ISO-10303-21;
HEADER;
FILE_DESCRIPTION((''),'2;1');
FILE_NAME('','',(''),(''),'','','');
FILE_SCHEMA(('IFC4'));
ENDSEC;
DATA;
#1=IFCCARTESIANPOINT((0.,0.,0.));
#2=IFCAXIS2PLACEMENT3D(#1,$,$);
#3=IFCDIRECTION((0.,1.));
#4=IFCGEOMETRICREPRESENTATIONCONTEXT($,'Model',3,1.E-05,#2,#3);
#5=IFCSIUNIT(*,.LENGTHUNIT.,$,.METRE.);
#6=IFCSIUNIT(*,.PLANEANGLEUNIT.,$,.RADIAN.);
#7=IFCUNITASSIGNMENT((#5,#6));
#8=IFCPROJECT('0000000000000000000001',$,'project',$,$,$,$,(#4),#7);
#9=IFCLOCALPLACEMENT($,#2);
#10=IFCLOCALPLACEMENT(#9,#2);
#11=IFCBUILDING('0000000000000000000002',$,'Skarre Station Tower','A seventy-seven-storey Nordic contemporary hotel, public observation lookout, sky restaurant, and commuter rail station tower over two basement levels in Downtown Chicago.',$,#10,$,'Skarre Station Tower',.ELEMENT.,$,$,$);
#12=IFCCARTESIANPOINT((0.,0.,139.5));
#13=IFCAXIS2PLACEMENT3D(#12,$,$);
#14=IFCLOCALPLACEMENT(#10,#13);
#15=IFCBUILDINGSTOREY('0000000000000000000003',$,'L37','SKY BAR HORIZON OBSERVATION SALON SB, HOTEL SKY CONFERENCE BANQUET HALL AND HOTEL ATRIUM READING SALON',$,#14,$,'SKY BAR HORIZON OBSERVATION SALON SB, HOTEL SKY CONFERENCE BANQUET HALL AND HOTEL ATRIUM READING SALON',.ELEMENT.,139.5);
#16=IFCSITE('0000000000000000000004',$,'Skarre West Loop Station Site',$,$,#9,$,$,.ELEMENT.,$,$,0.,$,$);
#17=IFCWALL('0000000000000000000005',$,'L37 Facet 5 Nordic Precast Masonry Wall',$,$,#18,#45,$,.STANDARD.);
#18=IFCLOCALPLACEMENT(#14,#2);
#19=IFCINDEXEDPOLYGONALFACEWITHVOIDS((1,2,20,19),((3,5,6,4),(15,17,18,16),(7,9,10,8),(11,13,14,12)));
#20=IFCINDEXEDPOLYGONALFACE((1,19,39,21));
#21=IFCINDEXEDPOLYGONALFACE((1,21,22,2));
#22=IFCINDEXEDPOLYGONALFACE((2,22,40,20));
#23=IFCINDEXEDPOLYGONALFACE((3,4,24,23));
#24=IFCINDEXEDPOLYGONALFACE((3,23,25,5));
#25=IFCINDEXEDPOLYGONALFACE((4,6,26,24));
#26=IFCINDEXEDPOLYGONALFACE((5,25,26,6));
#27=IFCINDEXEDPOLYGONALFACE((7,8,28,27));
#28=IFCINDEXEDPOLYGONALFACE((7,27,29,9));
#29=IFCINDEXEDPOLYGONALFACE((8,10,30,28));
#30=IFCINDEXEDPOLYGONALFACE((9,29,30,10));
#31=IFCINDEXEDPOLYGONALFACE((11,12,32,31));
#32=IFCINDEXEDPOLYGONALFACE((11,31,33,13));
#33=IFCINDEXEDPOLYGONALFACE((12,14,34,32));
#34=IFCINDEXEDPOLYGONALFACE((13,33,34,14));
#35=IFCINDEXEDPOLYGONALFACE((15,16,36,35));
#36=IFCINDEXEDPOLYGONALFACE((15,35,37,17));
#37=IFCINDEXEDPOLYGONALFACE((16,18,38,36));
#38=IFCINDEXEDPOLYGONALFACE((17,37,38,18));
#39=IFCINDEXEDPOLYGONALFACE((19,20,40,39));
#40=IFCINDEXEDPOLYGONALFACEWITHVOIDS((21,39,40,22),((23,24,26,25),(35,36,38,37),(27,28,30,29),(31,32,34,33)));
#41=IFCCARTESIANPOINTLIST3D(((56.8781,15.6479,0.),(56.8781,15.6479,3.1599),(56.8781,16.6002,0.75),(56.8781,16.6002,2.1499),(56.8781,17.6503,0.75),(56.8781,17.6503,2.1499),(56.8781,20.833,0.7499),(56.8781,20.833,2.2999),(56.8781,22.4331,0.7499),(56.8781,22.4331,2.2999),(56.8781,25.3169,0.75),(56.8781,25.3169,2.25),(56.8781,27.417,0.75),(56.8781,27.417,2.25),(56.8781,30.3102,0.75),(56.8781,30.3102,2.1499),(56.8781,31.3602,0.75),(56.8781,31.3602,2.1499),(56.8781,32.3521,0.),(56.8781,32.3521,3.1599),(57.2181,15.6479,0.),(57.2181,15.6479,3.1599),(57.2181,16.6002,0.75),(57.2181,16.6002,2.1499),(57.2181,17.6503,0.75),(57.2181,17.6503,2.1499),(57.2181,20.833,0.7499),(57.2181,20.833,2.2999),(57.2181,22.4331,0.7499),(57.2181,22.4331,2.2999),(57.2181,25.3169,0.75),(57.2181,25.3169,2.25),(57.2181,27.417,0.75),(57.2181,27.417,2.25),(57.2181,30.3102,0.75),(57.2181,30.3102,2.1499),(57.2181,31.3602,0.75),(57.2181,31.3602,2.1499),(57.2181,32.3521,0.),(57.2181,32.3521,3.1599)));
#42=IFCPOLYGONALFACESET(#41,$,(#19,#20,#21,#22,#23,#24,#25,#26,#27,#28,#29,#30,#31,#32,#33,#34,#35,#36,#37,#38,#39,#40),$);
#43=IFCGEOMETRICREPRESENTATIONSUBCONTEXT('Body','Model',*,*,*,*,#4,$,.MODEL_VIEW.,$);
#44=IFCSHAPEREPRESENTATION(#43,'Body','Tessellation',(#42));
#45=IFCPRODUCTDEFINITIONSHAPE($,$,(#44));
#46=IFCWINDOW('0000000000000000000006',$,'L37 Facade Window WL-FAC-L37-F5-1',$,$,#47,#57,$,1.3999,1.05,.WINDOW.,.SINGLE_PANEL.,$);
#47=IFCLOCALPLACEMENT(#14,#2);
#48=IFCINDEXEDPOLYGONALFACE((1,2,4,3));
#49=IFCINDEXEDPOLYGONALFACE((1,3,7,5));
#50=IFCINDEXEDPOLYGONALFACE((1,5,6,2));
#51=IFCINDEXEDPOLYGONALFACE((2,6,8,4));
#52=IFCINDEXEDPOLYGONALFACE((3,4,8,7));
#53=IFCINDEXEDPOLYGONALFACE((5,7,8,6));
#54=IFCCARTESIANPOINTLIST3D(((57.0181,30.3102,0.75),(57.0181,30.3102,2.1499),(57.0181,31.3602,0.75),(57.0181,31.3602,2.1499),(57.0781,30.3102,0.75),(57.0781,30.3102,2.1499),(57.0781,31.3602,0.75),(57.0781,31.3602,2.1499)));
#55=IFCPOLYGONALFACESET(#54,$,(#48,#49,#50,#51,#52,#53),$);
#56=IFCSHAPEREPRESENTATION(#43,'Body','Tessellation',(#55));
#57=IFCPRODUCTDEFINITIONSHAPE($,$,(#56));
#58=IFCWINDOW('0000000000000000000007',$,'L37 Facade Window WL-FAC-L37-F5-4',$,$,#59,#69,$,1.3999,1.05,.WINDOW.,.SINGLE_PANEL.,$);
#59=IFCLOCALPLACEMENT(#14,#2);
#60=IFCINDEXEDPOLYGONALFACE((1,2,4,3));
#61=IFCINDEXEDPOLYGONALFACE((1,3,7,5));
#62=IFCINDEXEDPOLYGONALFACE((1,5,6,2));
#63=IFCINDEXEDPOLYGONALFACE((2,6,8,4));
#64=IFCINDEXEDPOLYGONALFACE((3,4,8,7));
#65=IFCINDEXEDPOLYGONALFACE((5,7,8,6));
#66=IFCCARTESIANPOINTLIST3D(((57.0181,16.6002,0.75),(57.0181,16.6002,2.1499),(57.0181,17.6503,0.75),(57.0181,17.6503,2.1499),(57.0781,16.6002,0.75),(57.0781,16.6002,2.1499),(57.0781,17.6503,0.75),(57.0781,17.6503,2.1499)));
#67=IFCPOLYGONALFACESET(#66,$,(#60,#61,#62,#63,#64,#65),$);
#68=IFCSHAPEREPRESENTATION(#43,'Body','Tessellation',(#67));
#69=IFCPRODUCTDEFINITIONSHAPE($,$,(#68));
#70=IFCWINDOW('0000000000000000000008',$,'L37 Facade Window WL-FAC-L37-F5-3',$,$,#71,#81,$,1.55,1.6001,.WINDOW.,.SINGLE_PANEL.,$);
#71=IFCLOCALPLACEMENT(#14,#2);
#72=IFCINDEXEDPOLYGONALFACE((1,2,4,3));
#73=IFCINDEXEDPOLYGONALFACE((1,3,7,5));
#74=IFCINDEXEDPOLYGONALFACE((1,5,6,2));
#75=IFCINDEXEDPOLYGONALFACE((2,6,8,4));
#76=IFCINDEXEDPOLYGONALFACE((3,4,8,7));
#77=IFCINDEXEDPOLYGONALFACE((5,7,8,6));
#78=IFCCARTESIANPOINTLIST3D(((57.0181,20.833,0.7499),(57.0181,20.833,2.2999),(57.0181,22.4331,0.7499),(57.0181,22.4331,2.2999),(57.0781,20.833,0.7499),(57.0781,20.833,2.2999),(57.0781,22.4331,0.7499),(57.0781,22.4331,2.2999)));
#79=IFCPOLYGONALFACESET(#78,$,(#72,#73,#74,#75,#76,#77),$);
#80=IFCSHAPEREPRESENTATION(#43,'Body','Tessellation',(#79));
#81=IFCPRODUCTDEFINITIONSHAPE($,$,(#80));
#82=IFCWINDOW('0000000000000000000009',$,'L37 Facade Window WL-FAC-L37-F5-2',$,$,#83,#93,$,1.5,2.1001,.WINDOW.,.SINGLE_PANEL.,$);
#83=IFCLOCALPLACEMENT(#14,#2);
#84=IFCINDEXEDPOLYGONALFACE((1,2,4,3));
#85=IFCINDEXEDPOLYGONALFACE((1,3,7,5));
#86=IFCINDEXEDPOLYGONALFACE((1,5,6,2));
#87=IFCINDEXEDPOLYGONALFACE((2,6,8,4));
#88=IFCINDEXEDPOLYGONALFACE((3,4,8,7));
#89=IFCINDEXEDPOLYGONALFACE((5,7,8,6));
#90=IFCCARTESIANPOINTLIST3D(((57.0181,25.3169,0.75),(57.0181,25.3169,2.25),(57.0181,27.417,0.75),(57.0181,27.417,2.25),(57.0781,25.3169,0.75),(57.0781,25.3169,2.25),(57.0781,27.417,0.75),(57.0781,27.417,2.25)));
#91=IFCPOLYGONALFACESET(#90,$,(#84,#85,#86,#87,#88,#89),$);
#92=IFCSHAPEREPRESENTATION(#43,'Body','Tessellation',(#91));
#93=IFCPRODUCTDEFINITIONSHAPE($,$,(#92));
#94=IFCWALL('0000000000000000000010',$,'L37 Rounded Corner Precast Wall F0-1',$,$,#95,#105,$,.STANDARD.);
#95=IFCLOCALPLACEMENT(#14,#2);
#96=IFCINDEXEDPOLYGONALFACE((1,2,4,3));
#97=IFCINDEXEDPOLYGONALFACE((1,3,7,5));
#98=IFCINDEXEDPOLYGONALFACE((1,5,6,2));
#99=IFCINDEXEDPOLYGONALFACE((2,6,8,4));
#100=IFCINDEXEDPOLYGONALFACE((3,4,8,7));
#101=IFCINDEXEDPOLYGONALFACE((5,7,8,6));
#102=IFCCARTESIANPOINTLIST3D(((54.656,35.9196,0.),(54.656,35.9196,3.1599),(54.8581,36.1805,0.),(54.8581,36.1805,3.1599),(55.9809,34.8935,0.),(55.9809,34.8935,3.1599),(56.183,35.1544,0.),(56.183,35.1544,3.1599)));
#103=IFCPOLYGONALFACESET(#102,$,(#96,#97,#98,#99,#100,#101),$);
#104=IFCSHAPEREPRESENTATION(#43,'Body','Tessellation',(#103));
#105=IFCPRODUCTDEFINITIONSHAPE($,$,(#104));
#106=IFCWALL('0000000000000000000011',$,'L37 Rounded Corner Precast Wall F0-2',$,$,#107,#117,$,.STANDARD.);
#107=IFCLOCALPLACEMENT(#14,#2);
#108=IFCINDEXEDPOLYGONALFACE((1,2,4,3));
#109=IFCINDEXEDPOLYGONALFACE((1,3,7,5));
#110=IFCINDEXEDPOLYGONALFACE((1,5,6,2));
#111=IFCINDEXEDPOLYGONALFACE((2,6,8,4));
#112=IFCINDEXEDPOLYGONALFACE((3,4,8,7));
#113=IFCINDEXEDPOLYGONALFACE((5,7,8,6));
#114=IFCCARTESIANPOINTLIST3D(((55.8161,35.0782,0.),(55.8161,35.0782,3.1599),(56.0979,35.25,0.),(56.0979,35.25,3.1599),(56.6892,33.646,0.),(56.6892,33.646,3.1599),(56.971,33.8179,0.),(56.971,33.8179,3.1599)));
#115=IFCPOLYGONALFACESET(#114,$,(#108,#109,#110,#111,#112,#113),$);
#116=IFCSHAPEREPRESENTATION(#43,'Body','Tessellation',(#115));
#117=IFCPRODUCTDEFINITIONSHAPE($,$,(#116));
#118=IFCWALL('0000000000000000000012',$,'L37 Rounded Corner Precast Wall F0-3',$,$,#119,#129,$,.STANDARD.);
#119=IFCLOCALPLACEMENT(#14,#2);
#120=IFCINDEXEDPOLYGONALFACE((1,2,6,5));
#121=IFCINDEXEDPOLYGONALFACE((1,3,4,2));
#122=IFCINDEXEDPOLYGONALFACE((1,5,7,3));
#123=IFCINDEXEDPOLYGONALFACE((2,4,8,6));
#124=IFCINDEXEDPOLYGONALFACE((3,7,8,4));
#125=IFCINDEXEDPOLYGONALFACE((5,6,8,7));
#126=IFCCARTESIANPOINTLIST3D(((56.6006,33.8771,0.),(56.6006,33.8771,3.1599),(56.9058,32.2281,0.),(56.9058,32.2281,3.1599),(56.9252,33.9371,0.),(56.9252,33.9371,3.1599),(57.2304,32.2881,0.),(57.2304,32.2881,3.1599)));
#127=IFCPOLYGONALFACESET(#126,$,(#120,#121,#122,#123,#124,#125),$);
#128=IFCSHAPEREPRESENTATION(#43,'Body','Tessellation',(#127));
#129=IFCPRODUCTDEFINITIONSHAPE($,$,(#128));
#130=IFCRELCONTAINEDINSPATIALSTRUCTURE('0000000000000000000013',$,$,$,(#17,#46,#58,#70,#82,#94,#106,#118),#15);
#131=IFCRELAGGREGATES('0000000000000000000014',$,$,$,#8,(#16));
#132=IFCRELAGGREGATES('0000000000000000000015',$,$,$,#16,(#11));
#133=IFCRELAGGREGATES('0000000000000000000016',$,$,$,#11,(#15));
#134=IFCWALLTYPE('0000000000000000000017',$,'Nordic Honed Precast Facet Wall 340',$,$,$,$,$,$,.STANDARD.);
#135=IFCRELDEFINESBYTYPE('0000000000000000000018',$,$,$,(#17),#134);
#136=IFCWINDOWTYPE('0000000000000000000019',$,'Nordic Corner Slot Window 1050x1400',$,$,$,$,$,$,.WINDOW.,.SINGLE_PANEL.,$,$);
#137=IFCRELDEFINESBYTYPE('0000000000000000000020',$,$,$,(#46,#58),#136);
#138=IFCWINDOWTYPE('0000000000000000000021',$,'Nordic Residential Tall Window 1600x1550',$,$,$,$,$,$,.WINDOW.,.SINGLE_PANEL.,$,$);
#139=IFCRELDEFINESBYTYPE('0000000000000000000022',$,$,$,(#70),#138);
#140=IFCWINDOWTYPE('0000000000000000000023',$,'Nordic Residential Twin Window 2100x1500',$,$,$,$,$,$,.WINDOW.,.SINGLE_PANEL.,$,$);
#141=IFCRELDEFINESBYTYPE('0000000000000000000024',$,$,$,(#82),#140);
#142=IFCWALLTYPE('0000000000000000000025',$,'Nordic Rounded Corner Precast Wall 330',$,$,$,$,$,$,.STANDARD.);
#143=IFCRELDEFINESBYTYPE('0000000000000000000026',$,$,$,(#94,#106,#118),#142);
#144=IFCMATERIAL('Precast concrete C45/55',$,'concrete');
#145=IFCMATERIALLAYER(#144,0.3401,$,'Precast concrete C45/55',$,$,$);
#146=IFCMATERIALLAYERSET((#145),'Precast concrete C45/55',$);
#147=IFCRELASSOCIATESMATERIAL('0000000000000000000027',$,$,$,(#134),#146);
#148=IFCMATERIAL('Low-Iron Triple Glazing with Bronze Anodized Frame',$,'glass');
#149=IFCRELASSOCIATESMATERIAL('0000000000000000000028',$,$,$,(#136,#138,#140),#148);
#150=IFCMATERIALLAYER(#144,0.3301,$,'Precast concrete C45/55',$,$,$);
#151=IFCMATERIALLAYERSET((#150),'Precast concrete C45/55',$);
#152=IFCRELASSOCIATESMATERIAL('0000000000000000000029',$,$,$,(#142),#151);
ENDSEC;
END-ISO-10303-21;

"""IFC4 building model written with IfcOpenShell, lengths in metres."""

from ifc_helpers import new_model, si_unit, direction, frame, frame_2d, origin, place, context, subcontext, project, spatial, rectangle, extrude, material, layer, layer_set, type_object, element, fill, save


model = new_model("IFC4")

# Units and contexts
model_context = context("Model", 3, precision=1e-05, world=origin(), true_north=direction((0.0, 1.0)))
body_context = subcontext(model_context, "Body", "Model", "MODEL_VIEW")
ifc_project = project(units=[si_unit("LENGTHUNIT", "METRE"), si_unit("PLANEANGLEUNIT", "RADIAN")], contexts=[model_context])

# Site, building, storey
site_placement = place(None, origin())
site = spatial("IfcSite", under=ifc_project, at=site_placement, Name="Skarre West Loop Station Site", CompositionType="ELEMENT", RefElevation=0.0)
building_placement = place(site_placement, origin())
building = spatial("IfcBuilding", under=site, at=building_placement, Name="Skarre Station Tower", Description="A seventy-seven-storey Nordic contemporary hotel, public observation lookout, sky restaurant, and commuter rail station tower over two basement levels in Downtown Chicago.", LongName="Skarre Station Tower", CompositionType="ELEMENT")
storey_placement = place(building_placement, frame((0.0, 0.0, 139.5)))
storey = spatial("IfcBuildingStorey", under=building, at=storey_placement, Name="L37", Description="SKY BAR HORIZON OBSERVATION SALON SB, HOTEL SKY CONFERENCE BANQUET HALL AND HOTEL ATRIUM READING SALON", LongName="SKY BAR HORIZON OBSERVATION SALON SB, HOTEL SKY CONFERENCE BANQUET HALL AND HOTEL ATRIUM READING SALON", CompositionType="ELEMENT", Elevation=139.5)

# Wall, openings, windows
ifc_material_1 = material(Name="Precast concrete C45/55", Category="concrete")
ifc_layer_1 = layer(ifc_material_1, 0.3401, Name="Precast concrete C45/55")
ifc_layer_set_1 = layer_set([ifc_layer_1], Name="Precast concrete C45/55")
wall_type_1 = type_object("IfcWallType", Name="Nordic Honed Precast Facet Wall 340", PredefinedType="STANDARD", material=ifc_layer_set_1)
wall_1_placement = place(storey_placement, frame((57.0481, 32.3521, 0.0), z_axis=(0.0, 0.0, 1.0), x_axis=(0.0, -1.0, 0.0)))
wall_1 = element("IfcWall", 1, at=wall_1_placement, inside=storey, type_object=wall_type_1, Name="L37 Facet 5 Nordic Precast Masonry Wall", PredefinedType="STANDARD", context=body_context, shape_type="SweptSolid", body=[
    extrude(rectangle(XDim=16.7041, YDim=0.3401, at=frame_2d((8.3521, 0.0))), origin(), (0.0, 0.0, 1.0), 3.1599),
])
opening_1_placement = place(wall_1_placement, frame((0.9919, 0.0, 0.75)))
opening_1 = element("IfcOpeningElement", 2, at=opening_1_placement, cuts=wall_1, PredefinedType="OPENING", context=body_context, shape_type="SweptSolid", body=[
    extrude(rectangle(XDim=1.05, YDim=1.3999, at=frame_2d((0.5249, 0.7))), frame((0.0, 0.1799, 0.0), z_axis=(0.0, -1.0, 0.0), x_axis=(1.0, 0.0, 0.0)), (0.0, 0.0, 1.0), 0.3601),
])
opening_2_placement = place(wall_1_placement, frame((4.9351, 0.0, 0.75)))
opening_2 = element("IfcOpeningElement", 3, at=opening_2_placement, cuts=wall_1, PredefinedType="OPENING", context=body_context, shape_type="SweptSolid", body=[
    extrude(rectangle(XDim=2.1001, YDim=1.5, at=frame_2d((1.05, 0.75))), frame((0.0, 0.1799, 0.0), z_axis=(0.0, -1.0, 0.0), x_axis=(1.0, 0.0, 0.0)), (0.0, 0.0, 1.0), 0.3601),
])
opening_3_placement = place(wall_1_placement, frame((9.9189, 0.0, 0.75)))
opening_3 = element("IfcOpeningElement", 4, at=opening_3_placement, cuts=wall_1, PredefinedType="OPENING", context=body_context, shape_type="SweptSolid", body=[
    extrude(rectangle(XDim=1.6001, YDim=1.55, at=frame_2d((0.8, 0.7749))), frame((0.0, 0.1799, 0.0), z_axis=(0.0, -1.0, 0.0), x_axis=(1.0, 0.0, 0.0)), (0.0, 0.0, 1.0), 0.3601),
])
opening_4_placement = place(wall_1_placement, frame((14.7019, 0.0, 0.75)))
opening_4 = element("IfcOpeningElement", 5, at=opening_4_placement, cuts=wall_1, PredefinedType="OPENING", context=body_context, shape_type="SweptSolid", body=[
    extrude(rectangle(XDim=1.05, YDim=1.3999, at=frame_2d((0.5249, 0.7))), frame((0.0, 0.1799, 0.0), z_axis=(0.0, -1.0, 0.0), x_axis=(1.0, 0.0, 0.0)), (0.0, 0.0, 1.0), 0.3601),
])
ifc_material_2 = material(Name="Low-Iron Triple Glazing with Bronze Anodized Frame", Category="glass")
window_type_1 = type_object("IfcWindowType", Name="Nordic Corner Slot Window 1050x1400", PartitioningType="SINGLE_PANEL", PredefinedType="WINDOW", material=ifc_material_2)
window_1_placement = place(opening_1_placement, origin())
window_1 = element("IfcWindow", 6, at=window_1_placement, inside=storey, type_object=window_type_1, Name="L37 Facade Window WL-FAC-L37-F5-1", OverallHeight=1.3999, OverallWidth=1.05, PartitioningType="SINGLE_PANEL", PredefinedType="WINDOW", context=body_context, shape_type="SweptSolid", body=[
    extrude(rectangle(XDim=1.05, YDim=1.3999, at=frame_2d((0.5249, 0.7))), frame((0.0, 0.03, 0.0), z_axis=(0.0, -1.0, 0.0), x_axis=(1.0, 0.0, 0.0)), (0.0, 0.0, 1.0), 0.0601),
])
fill(opening_1, window_1)
window_2_placement = place(opening_4_placement, origin())
window_2 = element("IfcWindow", 7, at=window_2_placement, inside=storey, type_object=window_type_1, Name="L37 Facade Window WL-FAC-L37-F5-4", OverallHeight=1.3999, OverallWidth=1.05, PartitioningType="SINGLE_PANEL", PredefinedType="WINDOW", context=body_context, shape_type="SweptSolid", body=[
    extrude(rectangle(XDim=1.05, YDim=1.3999, at=frame_2d((0.5249, 0.7))), frame((0.0, 0.03, 0.0), z_axis=(0.0, -1.0, 0.0), x_axis=(1.0, 0.0, 0.0)), (0.0, 0.0, 1.0), 0.0601),
])
fill(opening_4, window_2)
window_type_2 = type_object("IfcWindowType", Name="Nordic Residential Tall Window 1600x1550", PartitioningType="SINGLE_PANEL", PredefinedType="WINDOW", material=ifc_material_2)
window_3_placement = place(opening_3_placement, origin())
window_3 = element("IfcWindow", 8, at=window_3_placement, inside=storey, type_object=window_type_2, Name="L37 Facade Window WL-FAC-L37-F5-3", OverallHeight=1.55, OverallWidth=1.6001, PartitioningType="SINGLE_PANEL", PredefinedType="WINDOW", context=body_context, shape_type="SweptSolid", body=[
    extrude(rectangle(XDim=1.6001, YDim=1.55, at=frame_2d((0.8, 0.7749))), frame((0.0, 0.03, 0.0), z_axis=(0.0, -1.0, 0.0), x_axis=(1.0, 0.0, 0.0)), (0.0, 0.0, 1.0), 0.0601),
])
fill(opening_3, window_3)
window_type_3 = type_object("IfcWindowType", Name="Nordic Residential Twin Window 2100x1500", PartitioningType="SINGLE_PANEL", PredefinedType="WINDOW", material=ifc_material_2)
window_4_placement = place(opening_2_placement, origin())
window_4 = element("IfcWindow", 9, at=window_4_placement, inside=storey, type_object=window_type_3, Name="L37 Facade Window WL-FAC-L37-F5-2", OverallHeight=1.5, OverallWidth=2.1001, PartitioningType="SINGLE_PANEL", PredefinedType="WINDOW", context=body_context, shape_type="SweptSolid", body=[
    extrude(rectangle(XDim=2.1001, YDim=1.5, at=frame_2d((1.05, 0.75))), frame((0.0, 0.03, 0.0), z_axis=(0.0, -1.0, 0.0), x_axis=(1.0, 0.0, 0.0)), (0.0, 0.0, 1.0), 0.0601),
])
fill(opening_2, window_4)

# Walls
ifc_layer_2 = layer(ifc_material_1, 0.3301, Name="Precast concrete C45/55")
ifc_layer_set_2 = layer_set([ifc_layer_2], Name="Precast concrete C45/55")
wall_type_2 = type_object("IfcWallType", Name="Nordic Rounded Corner Precast Wall 330", PredefinedType="STANDARD", material=ifc_layer_set_2)
wall_2_placement = place(storey_placement, frame((54.7571, 36.05, 0.0), z_axis=(0.0, 0.0, 1.0), x_axis=(0.790621, -0.612305, 0.0)))
element("IfcWall", 10, at=wall_2_placement, inside=storey, type_object=wall_type_2, Name="L37 Rounded Corner Precast Wall F0-1", PredefinedType="STANDARD", context=body_context, shape_type="SweptSolid", body=[
    extrude(rectangle(XDim=1.6758, YDim=0.3301, at=frame_2d((0.8379, 0.0))), origin(), (0.0, 0.0, 1.0), 3.1599),
])
wall_3_placement = place(storey_placement, frame((55.957, 35.1641, 0.0), z_axis=(0.0, 0.0, 1.0), x_axis=(0.520519, -0.85385, 0.0)))
element("IfcWall", 11, at=wall_3_placement, inside=storey, type_object=wall_type_2, Name="L37 Rounded Corner Precast Wall F0-2", PredefinedType="STANDARD", context=body_context, shape_type="SweptSolid", body=[
    extrude(rectangle(XDim=1.6772, YDim=0.3301, at=frame_2d((0.8386, 0.0))), origin(), (0.0, 0.0, 1.0), 3.1599),
])
wall_4_placement = place(storey_placement, frame((56.7629, 33.907, 0.0), z_axis=(0.0, 0.0, 1.0), x_axis=(0.181985, -0.983301, 0.0)))
element("IfcWall", 12, at=wall_4_placement, inside=storey, type_object=wall_type_2, Name="L37 Rounded Corner Precast Wall F0-3", PredefinedType="STANDARD", context=body_context, shape_type="SweptSolid", body=[
    extrude(rectangle(XDim=1.677, YDim=0.3301, at=frame_2d((0.8384, 0.0))), origin(), (0.0, 0.0, 1.0), 3.1599),
])

save(model, "model.ifc")
